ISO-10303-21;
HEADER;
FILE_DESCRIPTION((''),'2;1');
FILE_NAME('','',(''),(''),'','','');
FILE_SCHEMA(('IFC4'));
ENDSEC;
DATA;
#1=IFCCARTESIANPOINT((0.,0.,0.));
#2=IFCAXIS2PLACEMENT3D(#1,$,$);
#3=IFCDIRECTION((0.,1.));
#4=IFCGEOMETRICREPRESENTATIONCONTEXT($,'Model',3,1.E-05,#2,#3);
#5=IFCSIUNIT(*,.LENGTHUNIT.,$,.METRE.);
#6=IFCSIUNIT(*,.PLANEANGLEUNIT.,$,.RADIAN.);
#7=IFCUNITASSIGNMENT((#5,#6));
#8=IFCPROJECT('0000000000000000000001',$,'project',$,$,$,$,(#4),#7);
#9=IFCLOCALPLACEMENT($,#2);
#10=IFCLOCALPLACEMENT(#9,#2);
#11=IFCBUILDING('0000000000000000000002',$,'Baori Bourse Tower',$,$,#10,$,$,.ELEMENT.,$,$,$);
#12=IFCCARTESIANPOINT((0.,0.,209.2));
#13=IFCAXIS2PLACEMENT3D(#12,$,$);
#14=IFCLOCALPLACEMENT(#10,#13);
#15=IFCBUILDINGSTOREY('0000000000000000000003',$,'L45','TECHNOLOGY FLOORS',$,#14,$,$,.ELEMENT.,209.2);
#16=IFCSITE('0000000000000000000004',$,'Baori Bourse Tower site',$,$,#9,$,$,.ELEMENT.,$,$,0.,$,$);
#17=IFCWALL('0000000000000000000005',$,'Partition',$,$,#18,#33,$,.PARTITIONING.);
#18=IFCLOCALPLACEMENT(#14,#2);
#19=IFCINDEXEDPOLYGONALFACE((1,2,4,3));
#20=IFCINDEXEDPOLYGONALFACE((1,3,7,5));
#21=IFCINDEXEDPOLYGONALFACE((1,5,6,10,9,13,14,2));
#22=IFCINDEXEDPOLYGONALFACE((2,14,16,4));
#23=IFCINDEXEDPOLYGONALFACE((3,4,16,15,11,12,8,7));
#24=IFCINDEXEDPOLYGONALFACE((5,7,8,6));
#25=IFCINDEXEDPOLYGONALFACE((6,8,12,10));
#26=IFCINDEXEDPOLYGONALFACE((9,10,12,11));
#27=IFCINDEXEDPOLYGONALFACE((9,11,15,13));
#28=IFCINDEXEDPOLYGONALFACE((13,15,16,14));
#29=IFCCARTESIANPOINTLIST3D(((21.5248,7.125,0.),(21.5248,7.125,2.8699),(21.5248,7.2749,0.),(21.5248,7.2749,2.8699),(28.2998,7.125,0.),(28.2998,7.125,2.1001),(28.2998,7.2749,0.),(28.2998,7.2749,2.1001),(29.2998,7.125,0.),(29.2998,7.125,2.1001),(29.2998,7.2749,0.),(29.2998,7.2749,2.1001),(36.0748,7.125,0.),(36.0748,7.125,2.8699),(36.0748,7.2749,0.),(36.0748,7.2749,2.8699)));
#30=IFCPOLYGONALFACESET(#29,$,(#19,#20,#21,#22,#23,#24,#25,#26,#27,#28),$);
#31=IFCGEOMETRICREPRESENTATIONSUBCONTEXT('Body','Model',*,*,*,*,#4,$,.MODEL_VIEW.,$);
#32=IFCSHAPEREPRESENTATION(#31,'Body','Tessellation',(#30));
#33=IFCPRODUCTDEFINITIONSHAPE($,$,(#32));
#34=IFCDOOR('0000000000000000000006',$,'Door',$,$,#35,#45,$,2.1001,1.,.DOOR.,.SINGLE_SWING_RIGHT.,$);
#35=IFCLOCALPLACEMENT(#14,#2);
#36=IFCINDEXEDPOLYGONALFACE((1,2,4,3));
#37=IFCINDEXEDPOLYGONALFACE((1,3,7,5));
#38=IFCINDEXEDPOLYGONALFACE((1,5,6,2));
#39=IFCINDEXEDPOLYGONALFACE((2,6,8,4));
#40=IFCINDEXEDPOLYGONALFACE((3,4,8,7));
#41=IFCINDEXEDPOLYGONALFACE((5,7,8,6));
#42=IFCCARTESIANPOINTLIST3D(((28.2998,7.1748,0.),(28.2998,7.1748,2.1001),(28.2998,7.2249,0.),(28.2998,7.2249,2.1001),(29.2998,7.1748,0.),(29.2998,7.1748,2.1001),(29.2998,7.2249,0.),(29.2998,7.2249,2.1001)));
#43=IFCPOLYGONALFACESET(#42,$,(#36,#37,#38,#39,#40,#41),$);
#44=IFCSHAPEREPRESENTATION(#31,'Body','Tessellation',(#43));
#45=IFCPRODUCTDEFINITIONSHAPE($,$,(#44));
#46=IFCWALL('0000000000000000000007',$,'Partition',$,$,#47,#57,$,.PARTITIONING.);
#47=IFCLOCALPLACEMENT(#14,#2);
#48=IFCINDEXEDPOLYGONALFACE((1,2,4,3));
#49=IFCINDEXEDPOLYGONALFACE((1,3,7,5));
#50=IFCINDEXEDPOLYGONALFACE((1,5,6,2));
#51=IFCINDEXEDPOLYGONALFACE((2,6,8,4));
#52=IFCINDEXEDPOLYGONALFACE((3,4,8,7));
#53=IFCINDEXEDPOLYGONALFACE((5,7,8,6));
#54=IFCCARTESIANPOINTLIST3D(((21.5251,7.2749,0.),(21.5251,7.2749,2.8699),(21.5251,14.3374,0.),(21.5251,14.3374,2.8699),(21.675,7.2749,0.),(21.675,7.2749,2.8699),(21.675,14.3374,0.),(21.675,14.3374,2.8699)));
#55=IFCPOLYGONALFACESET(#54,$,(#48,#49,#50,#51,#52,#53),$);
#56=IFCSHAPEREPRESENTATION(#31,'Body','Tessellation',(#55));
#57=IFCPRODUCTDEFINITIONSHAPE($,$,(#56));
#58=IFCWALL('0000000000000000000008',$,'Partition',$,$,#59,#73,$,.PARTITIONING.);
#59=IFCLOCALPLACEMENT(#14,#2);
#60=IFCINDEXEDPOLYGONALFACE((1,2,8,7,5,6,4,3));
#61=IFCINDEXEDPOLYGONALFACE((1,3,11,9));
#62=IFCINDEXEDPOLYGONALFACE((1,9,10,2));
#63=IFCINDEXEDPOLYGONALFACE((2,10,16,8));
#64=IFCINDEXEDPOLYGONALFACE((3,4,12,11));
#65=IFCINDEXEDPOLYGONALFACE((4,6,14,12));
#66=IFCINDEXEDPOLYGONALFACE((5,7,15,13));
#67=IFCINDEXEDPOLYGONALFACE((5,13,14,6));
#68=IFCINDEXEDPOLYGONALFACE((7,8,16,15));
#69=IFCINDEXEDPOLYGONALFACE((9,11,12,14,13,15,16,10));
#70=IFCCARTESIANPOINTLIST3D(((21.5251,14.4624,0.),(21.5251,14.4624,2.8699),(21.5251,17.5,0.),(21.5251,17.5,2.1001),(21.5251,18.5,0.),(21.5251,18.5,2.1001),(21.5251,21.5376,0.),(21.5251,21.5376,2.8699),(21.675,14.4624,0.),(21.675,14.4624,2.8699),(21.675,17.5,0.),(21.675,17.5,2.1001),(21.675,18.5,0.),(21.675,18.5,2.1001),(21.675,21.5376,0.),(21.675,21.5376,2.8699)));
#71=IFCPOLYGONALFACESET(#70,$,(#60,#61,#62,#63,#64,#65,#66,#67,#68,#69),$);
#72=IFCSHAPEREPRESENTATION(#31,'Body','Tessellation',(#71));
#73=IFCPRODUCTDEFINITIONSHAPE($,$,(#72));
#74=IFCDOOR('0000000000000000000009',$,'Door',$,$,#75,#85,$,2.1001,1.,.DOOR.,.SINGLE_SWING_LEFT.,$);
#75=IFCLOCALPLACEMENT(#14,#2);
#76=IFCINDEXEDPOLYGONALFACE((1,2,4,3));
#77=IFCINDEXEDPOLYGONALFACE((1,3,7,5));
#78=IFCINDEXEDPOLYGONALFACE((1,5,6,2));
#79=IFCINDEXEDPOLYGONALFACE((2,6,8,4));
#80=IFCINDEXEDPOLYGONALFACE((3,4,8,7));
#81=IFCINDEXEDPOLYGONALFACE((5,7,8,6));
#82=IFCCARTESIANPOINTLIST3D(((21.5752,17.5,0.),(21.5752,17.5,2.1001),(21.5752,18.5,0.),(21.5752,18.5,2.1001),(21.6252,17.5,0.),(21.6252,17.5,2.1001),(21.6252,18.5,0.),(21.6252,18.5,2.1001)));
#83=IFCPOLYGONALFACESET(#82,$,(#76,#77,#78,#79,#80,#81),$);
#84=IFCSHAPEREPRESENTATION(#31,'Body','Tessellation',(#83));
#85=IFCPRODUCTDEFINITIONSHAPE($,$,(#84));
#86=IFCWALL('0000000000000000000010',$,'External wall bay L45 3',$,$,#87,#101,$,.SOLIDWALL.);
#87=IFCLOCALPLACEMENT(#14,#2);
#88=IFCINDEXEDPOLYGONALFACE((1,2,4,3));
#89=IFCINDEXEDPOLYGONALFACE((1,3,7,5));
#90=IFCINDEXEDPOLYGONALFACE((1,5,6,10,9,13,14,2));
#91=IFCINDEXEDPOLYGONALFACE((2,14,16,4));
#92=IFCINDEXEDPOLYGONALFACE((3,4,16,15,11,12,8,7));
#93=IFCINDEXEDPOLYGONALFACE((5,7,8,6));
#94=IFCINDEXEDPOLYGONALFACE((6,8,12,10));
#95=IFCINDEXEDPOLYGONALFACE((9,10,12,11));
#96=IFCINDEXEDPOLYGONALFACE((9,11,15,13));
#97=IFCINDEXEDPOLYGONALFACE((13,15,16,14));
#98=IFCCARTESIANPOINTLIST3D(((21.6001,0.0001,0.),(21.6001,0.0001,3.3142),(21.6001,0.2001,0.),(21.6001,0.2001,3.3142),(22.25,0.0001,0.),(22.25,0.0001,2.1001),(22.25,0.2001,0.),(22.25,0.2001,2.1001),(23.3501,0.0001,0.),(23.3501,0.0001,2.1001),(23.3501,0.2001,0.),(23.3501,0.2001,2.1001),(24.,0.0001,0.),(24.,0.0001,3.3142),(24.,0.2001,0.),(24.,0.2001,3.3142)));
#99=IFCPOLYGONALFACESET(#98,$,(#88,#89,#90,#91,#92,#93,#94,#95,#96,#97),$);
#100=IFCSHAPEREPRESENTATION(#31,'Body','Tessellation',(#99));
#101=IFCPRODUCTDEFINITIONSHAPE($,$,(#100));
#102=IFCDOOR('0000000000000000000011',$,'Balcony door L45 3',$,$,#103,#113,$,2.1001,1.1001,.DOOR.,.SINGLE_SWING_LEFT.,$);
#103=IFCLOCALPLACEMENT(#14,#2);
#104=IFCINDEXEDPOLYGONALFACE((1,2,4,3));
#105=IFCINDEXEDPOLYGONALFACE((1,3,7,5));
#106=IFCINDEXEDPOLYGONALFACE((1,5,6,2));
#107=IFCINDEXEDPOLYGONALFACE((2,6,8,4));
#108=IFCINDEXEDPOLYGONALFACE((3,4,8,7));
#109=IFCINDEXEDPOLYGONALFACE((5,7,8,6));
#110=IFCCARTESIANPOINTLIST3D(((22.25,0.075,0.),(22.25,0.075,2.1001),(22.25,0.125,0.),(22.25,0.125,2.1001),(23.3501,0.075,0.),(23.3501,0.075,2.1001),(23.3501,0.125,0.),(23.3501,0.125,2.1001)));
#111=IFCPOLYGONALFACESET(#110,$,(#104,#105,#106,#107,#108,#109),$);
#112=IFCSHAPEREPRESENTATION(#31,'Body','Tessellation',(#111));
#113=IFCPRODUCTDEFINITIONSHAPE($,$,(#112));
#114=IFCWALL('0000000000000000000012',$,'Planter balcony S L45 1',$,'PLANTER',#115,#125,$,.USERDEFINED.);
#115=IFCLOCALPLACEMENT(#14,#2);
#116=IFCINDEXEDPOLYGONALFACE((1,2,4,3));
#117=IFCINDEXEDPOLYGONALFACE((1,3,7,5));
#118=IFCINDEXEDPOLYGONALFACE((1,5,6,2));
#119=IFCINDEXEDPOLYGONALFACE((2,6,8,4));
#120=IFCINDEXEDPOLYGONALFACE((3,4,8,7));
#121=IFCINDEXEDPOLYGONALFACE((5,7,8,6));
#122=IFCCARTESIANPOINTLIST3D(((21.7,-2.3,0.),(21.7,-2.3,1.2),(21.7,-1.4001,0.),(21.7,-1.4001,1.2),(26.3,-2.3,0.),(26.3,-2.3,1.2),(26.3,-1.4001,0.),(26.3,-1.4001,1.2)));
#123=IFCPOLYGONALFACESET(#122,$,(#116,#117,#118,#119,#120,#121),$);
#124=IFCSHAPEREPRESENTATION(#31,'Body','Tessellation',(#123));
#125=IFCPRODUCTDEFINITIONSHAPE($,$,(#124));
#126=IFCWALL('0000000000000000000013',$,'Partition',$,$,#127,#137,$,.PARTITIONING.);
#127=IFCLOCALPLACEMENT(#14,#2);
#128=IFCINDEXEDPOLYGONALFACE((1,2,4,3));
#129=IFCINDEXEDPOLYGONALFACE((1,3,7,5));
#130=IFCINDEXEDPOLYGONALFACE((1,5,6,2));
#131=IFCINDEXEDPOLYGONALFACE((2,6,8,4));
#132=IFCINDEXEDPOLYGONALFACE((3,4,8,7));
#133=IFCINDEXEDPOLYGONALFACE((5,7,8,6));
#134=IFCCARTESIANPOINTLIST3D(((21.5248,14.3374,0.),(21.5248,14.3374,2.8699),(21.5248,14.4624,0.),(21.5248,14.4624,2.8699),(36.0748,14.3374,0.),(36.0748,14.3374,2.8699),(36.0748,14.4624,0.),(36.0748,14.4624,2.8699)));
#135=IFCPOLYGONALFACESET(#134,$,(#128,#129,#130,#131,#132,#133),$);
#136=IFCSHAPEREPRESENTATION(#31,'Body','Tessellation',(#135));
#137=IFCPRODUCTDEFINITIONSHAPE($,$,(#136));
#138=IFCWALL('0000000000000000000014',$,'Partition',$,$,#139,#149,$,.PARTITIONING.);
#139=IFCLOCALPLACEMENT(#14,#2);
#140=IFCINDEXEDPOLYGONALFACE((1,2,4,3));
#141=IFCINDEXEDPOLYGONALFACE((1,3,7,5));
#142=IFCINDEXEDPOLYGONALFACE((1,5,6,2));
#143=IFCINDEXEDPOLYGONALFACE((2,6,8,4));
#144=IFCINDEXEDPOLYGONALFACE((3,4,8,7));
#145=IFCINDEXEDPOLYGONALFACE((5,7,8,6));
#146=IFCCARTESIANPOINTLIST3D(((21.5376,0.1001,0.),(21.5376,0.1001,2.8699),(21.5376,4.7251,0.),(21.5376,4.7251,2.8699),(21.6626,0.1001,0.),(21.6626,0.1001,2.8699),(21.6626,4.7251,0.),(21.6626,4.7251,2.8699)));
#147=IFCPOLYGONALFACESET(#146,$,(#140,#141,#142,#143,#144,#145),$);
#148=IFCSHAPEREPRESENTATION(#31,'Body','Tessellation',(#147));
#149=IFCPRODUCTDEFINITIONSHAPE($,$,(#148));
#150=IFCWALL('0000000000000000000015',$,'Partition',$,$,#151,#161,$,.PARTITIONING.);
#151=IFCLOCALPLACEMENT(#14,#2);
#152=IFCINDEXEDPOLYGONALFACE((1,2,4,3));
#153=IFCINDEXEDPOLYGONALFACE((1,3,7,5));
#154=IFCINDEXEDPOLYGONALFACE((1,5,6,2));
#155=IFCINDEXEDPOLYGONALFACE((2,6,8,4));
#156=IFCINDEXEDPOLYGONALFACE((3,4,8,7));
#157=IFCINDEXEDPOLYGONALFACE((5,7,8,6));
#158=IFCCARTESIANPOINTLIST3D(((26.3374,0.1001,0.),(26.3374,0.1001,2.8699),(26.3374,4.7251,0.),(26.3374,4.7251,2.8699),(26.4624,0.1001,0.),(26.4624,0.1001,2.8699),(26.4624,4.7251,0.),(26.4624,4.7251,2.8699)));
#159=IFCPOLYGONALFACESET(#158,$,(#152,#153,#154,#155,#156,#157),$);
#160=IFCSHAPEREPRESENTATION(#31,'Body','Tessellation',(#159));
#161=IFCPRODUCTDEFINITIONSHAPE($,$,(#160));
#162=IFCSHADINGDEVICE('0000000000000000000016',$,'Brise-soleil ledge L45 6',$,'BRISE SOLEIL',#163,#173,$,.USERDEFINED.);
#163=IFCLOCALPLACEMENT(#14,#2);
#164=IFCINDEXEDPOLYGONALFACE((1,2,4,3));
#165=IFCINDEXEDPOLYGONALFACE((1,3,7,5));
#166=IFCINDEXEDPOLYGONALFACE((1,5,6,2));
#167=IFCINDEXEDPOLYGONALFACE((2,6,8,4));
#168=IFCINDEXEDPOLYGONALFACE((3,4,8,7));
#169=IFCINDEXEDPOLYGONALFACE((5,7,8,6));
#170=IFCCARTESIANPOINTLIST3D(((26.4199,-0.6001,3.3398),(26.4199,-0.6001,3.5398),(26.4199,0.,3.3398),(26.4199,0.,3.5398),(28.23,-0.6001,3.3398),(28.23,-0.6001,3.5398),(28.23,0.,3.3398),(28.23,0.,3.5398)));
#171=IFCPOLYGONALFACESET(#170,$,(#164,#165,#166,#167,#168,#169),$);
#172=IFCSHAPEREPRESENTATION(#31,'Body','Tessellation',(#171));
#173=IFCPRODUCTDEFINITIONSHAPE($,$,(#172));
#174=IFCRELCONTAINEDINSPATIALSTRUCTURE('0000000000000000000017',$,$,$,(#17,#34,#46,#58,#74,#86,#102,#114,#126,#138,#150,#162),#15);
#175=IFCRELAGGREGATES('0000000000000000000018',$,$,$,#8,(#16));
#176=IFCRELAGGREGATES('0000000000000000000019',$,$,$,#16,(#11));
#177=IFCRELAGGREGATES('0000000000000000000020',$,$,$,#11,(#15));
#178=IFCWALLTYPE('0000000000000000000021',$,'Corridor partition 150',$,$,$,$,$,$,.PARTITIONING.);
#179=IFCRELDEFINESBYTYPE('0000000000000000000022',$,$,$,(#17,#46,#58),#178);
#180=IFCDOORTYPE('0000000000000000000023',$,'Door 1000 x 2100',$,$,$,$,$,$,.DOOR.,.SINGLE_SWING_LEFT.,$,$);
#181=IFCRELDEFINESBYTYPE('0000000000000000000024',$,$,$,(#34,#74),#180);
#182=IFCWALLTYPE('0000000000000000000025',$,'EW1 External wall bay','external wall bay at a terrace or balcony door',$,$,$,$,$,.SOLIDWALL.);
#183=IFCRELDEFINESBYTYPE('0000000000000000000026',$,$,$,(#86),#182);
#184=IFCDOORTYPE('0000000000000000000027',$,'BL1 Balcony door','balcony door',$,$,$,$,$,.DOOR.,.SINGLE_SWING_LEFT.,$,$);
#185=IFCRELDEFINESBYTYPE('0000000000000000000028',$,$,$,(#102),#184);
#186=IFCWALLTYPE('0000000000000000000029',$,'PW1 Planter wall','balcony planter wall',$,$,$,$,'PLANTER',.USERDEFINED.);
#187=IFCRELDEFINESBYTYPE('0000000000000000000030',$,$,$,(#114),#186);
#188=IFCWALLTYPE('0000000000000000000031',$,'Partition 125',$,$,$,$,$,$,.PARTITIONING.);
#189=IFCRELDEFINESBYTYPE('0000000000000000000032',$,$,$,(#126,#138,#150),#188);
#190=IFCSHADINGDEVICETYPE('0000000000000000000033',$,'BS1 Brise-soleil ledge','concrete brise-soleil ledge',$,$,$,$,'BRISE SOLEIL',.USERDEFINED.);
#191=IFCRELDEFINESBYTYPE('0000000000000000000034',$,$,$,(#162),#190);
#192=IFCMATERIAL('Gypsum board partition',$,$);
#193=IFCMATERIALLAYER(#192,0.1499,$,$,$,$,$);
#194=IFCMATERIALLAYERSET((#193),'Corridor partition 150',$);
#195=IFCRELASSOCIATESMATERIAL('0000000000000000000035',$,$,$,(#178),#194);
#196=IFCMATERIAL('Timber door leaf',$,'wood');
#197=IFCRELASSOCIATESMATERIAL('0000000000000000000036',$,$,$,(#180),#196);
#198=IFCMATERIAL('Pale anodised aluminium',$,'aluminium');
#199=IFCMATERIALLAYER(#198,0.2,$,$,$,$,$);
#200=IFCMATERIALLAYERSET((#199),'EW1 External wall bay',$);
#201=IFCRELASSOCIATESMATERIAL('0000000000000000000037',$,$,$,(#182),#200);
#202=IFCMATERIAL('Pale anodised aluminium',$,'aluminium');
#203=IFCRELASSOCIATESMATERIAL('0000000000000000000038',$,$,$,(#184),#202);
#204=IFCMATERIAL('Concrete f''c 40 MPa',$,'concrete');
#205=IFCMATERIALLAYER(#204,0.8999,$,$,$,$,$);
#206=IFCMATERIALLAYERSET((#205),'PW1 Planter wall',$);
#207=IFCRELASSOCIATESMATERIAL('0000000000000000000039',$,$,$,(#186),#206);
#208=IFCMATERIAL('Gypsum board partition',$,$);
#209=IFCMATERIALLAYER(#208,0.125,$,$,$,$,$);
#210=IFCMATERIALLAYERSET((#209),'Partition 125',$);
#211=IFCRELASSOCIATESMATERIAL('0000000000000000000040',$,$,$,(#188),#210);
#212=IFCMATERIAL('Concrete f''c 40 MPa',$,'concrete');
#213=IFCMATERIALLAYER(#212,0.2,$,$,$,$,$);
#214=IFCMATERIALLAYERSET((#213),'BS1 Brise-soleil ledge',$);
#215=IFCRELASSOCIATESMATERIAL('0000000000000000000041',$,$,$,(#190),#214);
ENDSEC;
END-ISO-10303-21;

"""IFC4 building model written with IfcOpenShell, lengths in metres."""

from ifc_helpers import new_model, si_unit, direction, frame, frame_2d, origin, origin_2d, place, context, subcontext, project, spatial, rectangle, extrude, material, layer, layer_set, type_object, element, fill, save


model = new_model("IFC4")

# Units and contexts
model_context = context("Model", 3, precision=1e-05, world=origin(), true_north=direction((0.0, 1.0)))
body_context = subcontext(model_context, "Body", "Model", "MODEL_VIEW")
ifc_project = project(units=[si_unit("LENGTHUNIT", "METRE"), si_unit("PLANEANGLEUNIT", "RADIAN")], contexts=[model_context])

# Site, building, storey
site_placement = place(None, origin())
site = spatial("IfcSite", under=ifc_project, at=site_placement, Name="Baori Bourse Tower site", CompositionType="ELEMENT", RefElevation=0.0)
building_placement = place(site_placement, origin())
building = spatial("IfcBuilding", under=site, at=building_placement, Name="Baori Bourse Tower", CompositionType="ELEMENT")
storey_placement = place(building_placement, frame((0.0, 0.0, 209.2)))
storey = spatial("IfcBuildingStorey", under=building, at=storey_placement, Name="L45", Description="TECHNOLOGY FLOORS", CompositionType="ELEMENT", Elevation=209.2)

# Wall, opening, door
ifc_material_1 = material(Name="Gypsum board partition")
ifc_layer_1 = layer(ifc_material_1, 0.1499)
ifc_layer_set_1 = layer_set([ifc_layer_1], Name="Corridor partition 150")
wall_type_1 = type_object("IfcWallType", Name="Corridor partition 150", PredefinedType="PARTITIONING", material=ifc_layer_set_1)
wall_1_placement = place(storey_placement, frame((21.5249, 7.2, 0.0), z_axis=(0.0, 0.0, 1.0), x_axis=(1.0, 0.0, 0.0)))
wall_1 = element("IfcWall", 1, at=wall_1_placement, inside=storey, type_object=wall_type_1, Name="Partition", PredefinedType="PARTITIONING", context=body_context, shape_type="SweptSolid", body=[
    extrude(rectangle(XDim=14.55, YDim=0.1499, at=frame_2d((7.2749, 0.0))), origin(), (0.0, 0.0, 1.0), 2.8699),
])
opening_1_placement = place(wall_1_placement, frame((6.7749, 0.0, 0.0)))
opening_1 = element("IfcOpeningElement", 2, at=opening_1_placement, cuts=wall_1, PredefinedType="OPENING", context=body_context, shape_type="SweptSolid", body=[
    extrude(rectangle(XDim=1.0, YDim=2.1001, at=frame_2d((0.5, 1.05))), frame((0.0, 0.085, 0.0), z_axis=(0.0, -1.0, 0.0), x_axis=(1.0, 0.0, 0.0)), (0.0, 0.0, 1.0), 0.1699),
])
ifc_material_2 = material(Name="Timber door leaf", Category="wood")
door_type_1 = type_object("IfcDoorType", Name="Door 1000 x 2100", OperationType="SINGLE_SWING_LEFT", PredefinedType="DOOR", material=ifc_material_2)
door_1_placement = place(opening_1_placement, origin())
door_1 = element("IfcDoor", 3, at=door_1_placement, inside=storey, type_object=door_type_1, Name="Door", OperationType="SINGLE_SWING_RIGHT", OverallHeight=2.1001, OverallWidth=1.0, PredefinedType="DOOR", context=body_context, shape_type="SweptSolid", body=[
    extrude(rectangle(XDim=1.0, YDim=2.1001, at=frame_2d((0.5, 1.05))), frame((0.0, 0.0249, 0.0), z_axis=(0.0, -1.0, 0.0), x_axis=(1.0, 0.0, 0.0)), (0.0, 0.0, 1.0), 0.05),
])
fill(opening_1, door_1)

# Wall
wall_2_placement = place(storey_placement, frame((21.6001, 7.2749, 0.0), z_axis=(0.0, 0.0, 1.0), x_axis=(0.0, 1.0, 0.0)))
element("IfcWall", 4, at=wall_2_placement, inside=storey, type_object=wall_type_1, Name="Partition", PredefinedType="PARTITIONING", context=body_context, shape_type="SweptSolid", body=[
    extrude(rectangle(XDim=7.0625, YDim=0.1499, at=frame_2d((3.5312, 0.0))), origin(), (0.0, 0.0, 1.0), 2.8699),
])

# Walls, openings, doors
wall_3_placement = place(storey_placement, frame((21.6001, 14.4624, 0.0), z_axis=(0.0, 0.0, 1.0), x_axis=(0.0, 1.0, 0.0)))
wall_3 = element("IfcWall", 5, at=wall_3_placement, inside=storey, type_object=wall_type_1, Name="Partition", PredefinedType="PARTITIONING", context=body_context, shape_type="SweptSolid", body=[
    extrude(rectangle(XDim=7.0752, YDim=0.1499, at=frame_2d((3.5376, 0.0))), origin(), (0.0, 0.0, 1.0), 2.8699),
])
opening_2_placement = place(wall_3_placement, frame((3.0376, 0.0, 0.0)))
opening_2 = element("IfcOpeningElement", 6, at=opening_2_placement, cuts=wall_3, PredefinedType="OPENING", context=body_context, shape_type="SweptSolid", body=[
    extrude(rectangle(XDim=1.0, YDim=2.1001, at=frame_2d((0.5, 1.05))), frame((0.0, 0.085, 0.0), z_axis=(0.0, -1.0, 0.0), x_axis=(1.0, 0.0, 0.0)), (0.0, 0.0, 1.0), 0.1699),
])
door_2_placement = place(opening_2_placement, origin())
door_2 = element("IfcDoor", 7, at=door_2_placement, inside=storey, type_object=door_type_1, Name="Door", OperationType="SINGLE_SWING_LEFT", OverallHeight=2.1001, OverallWidth=1.0, PredefinedType="DOOR", context=body_context, shape_type="SweptSolid", body=[
    extrude(rectangle(XDim=1.0, YDim=2.1001, at=frame_2d((0.5, 1.05))), frame((0.0, 0.0249, 0.0), z_axis=(0.0, -1.0, 0.0), x_axis=(1.0, 0.0, 0.0)), (0.0, 0.0, 1.0), 0.05),
])
fill(opening_2, door_2)
ifc_material_3 = material(Name="Pale anodised aluminium", Category="aluminium")
ifc_layer_2 = layer(ifc_material_3, 0.2)
ifc_layer_set_2 = layer_set([ifc_layer_2], Name="EW1 External wall bay")
wall_type_2 = type_object("IfcWallType", Name="EW1 External wall bay", Description="external wall bay at a terrace or balcony door", PredefinedType="SOLIDWALL", material=ifc_layer_set_2)
wall_4_placement = place(storey_placement, frame((21.6001, 0.1001, 0.0), z_axis=(0.0, 0.0, 1.0), x_axis=(1.0, 0.0, 0.0)))
wall_4 = element("IfcWall", 8, at=wall_4_placement, inside=storey, type_object=wall_type_2, Name="External wall bay L45 3", PredefinedType="SOLIDWALL", context=body_context, shape_type="SweptSolid", body=[
    extrude(rectangle(XDim=2.3999, YDim=0.2, at=frame_2d((1.2, 0.0))), origin(), (0.0, 0.0, 1.0), 3.3142),
])
opening_3_placement = place(wall_4_placement, frame((0.6499, 0.0, 0.0)))
opening_3 = element("IfcOpeningElement", 9, at=opening_3_placement, cuts=wall_4, PredefinedType="OPENING", context=body_context, shape_type="SweptSolid", body=[
    extrude(rectangle(XDim=1.1001, YDim=2.1001, at=frame_2d((0.55, 1.05))), frame((0.0, 0.1099, 0.0), z_axis=(0.0, -1.0, 0.0), x_axis=(1.0, 0.0, 0.0)), (0.0, 0.0, 1.0), 0.22),
])
ifc_material_4 = material(Name="Pale anodised aluminium", Category="aluminium")
door_type_2 = type_object("IfcDoorType", Name="BL1 Balcony door", Description="balcony door", OperationType="SINGLE_SWING_LEFT", PredefinedType="DOOR", material=ifc_material_4)
door_3_placement = place(opening_3_placement, origin())
door_3 = element("IfcDoor", 10, at=door_3_placement, inside=storey, type_object=door_type_2, Name="Balcony door L45 3", OperationType="SINGLE_SWING_LEFT", OverallHeight=2.1001, OverallWidth=1.1001, PredefinedType="DOOR", context=body_context, shape_type="SweptSolid", body=[
    extrude(rectangle(XDim=1.1001, YDim=2.1001, at=frame_2d((0.55, 1.05))), frame((0.0, 0.0249, 0.0), z_axis=(0.0, -1.0, 0.0), x_axis=(1.0, 0.0, 0.0)), (0.0, 0.0, 1.0), 0.05),
])
fill(opening_3, door_3)

# Walls
ifc_material_5 = material(Name="Concrete f'c 40 MPa", Category="concrete")
ifc_layer_3 = layer(ifc_material_5, 0.8999)
ifc_layer_set_3 = layer_set([ifc_layer_3], Name="PW1 Planter wall")
wall_type_3 = type_object("IfcWallType", Name="PW1 Planter wall", Description="balcony planter wall", ElementType="PLANTER", PredefinedType="USERDEFINED", material=ifc_layer_set_3)
wall_5_placement = place(storey_placement, frame((21.7, -1.8501, 0.0), z_axis=(0.0, 0.0, 1.0), x_axis=(1.0, 0.0, 0.0)))
element("IfcWall", 11, at=wall_5_placement, inside=storey, type_object=wall_type_3, Name="Planter balcony S L45 1", ObjectType="PLANTER", PredefinedType="USERDEFINED", context=body_context, shape_type="SweptSolid", body=[
    extrude(rectangle(XDim=4.6001, YDim=0.8999, at=frame_2d((2.3, 0.0))), origin(), (0.0, 0.0, 1.0), 1.2),
])
ifc_material_6 = material(Name="Gypsum board partition")
ifc_layer_4 = layer(ifc_material_6, 0.125)
ifc_layer_set_4 = layer_set([ifc_layer_4], Name="Partition 125")
wall_type_4 = type_object("IfcWallType", Name="Partition 125", PredefinedType="PARTITIONING", material=ifc_layer_set_4)
wall_6_placement = place(storey_placement, frame((21.5249, 14.3999, 0.0), z_axis=(0.0, 0.0, 1.0), x_axis=(1.0, 0.0, 0.0)))
element("IfcWall", 12, at=wall_6_placement, inside=storey, type_object=wall_type_4, Name="Partition", PredefinedType="PARTITIONING", context=body_context, shape_type="SweptSolid", body=[
    extrude(rectangle(XDim=14.55, YDim=0.125, at=frame_2d((7.2749, 0.0))), origin(), (0.0, 0.0, 1.0), 2.8699),
])
for number, where, z_axis, x_axis, name in (
    (13, (21.6001, 0.1001, 0.0), (0.0, 0.0, 1.0), (0.0, 1.0, 0.0), "Partition"),
    (14, (26.3999, 0.1001, 0.0), (0.0, 0.0, 1.0), (0.0, 1.0, 0.0), "Partition"),
):
    element("IfcWall", number, at=place(storey_placement, frame(where, z_axis=z_axis, x_axis=x_axis)), inside=storey, type_object=wall_type_4, Name=name, PredefinedType="PARTITIONING", context=body_context, shape_type="SweptSolid", body=[
        extrude(rectangle(XDim=4.625, YDim=0.125, at=frame_2d((2.3125, 0.0))), origin(), (0.0, 0.0, 1.0), 2.8699),
    ])

# Shading device
ifc_material_7 = material(Name="Concrete f'c 40 MPa", Category="concrete")
ifc_layer_5 = layer(ifc_material_7, 0.2)
ifc_layer_set_5 = layer_set([ifc_layer_5], Name="BS1 Brise-soleil ledge")
shading_device_type = type_object("IfcShadingDeviceType", Name="BS1 Brise-soleil ledge", Description="concrete brise-soleil ledge", ElementType="BRISE SOLEIL", PredefinedType="USERDEFINED", material=ifc_layer_set_5)
shading_device_placement = place(storey_placement, frame((27.325, -0.3, 3.3398), z_axis=(0.0, 0.0, 1.0), x_axis=(1.0, 0.0, 0.0)))
element("IfcShadingDevice", 15, at=shading_device_placement, inside=storey, type_object=shading_device_type, Name="Brise-soleil ledge L45 6", ObjectType="BRISE SOLEIL", PredefinedType="USERDEFINED", context=body_context, shape_type="SweptSolid", body=[
    extrude(rectangle(XDim=1.8101, YDim=0.6001, at=origin_2d()), origin(), (0.0, 0.0, 1.0), 0.2),
])

save(model, "model.ifc")
